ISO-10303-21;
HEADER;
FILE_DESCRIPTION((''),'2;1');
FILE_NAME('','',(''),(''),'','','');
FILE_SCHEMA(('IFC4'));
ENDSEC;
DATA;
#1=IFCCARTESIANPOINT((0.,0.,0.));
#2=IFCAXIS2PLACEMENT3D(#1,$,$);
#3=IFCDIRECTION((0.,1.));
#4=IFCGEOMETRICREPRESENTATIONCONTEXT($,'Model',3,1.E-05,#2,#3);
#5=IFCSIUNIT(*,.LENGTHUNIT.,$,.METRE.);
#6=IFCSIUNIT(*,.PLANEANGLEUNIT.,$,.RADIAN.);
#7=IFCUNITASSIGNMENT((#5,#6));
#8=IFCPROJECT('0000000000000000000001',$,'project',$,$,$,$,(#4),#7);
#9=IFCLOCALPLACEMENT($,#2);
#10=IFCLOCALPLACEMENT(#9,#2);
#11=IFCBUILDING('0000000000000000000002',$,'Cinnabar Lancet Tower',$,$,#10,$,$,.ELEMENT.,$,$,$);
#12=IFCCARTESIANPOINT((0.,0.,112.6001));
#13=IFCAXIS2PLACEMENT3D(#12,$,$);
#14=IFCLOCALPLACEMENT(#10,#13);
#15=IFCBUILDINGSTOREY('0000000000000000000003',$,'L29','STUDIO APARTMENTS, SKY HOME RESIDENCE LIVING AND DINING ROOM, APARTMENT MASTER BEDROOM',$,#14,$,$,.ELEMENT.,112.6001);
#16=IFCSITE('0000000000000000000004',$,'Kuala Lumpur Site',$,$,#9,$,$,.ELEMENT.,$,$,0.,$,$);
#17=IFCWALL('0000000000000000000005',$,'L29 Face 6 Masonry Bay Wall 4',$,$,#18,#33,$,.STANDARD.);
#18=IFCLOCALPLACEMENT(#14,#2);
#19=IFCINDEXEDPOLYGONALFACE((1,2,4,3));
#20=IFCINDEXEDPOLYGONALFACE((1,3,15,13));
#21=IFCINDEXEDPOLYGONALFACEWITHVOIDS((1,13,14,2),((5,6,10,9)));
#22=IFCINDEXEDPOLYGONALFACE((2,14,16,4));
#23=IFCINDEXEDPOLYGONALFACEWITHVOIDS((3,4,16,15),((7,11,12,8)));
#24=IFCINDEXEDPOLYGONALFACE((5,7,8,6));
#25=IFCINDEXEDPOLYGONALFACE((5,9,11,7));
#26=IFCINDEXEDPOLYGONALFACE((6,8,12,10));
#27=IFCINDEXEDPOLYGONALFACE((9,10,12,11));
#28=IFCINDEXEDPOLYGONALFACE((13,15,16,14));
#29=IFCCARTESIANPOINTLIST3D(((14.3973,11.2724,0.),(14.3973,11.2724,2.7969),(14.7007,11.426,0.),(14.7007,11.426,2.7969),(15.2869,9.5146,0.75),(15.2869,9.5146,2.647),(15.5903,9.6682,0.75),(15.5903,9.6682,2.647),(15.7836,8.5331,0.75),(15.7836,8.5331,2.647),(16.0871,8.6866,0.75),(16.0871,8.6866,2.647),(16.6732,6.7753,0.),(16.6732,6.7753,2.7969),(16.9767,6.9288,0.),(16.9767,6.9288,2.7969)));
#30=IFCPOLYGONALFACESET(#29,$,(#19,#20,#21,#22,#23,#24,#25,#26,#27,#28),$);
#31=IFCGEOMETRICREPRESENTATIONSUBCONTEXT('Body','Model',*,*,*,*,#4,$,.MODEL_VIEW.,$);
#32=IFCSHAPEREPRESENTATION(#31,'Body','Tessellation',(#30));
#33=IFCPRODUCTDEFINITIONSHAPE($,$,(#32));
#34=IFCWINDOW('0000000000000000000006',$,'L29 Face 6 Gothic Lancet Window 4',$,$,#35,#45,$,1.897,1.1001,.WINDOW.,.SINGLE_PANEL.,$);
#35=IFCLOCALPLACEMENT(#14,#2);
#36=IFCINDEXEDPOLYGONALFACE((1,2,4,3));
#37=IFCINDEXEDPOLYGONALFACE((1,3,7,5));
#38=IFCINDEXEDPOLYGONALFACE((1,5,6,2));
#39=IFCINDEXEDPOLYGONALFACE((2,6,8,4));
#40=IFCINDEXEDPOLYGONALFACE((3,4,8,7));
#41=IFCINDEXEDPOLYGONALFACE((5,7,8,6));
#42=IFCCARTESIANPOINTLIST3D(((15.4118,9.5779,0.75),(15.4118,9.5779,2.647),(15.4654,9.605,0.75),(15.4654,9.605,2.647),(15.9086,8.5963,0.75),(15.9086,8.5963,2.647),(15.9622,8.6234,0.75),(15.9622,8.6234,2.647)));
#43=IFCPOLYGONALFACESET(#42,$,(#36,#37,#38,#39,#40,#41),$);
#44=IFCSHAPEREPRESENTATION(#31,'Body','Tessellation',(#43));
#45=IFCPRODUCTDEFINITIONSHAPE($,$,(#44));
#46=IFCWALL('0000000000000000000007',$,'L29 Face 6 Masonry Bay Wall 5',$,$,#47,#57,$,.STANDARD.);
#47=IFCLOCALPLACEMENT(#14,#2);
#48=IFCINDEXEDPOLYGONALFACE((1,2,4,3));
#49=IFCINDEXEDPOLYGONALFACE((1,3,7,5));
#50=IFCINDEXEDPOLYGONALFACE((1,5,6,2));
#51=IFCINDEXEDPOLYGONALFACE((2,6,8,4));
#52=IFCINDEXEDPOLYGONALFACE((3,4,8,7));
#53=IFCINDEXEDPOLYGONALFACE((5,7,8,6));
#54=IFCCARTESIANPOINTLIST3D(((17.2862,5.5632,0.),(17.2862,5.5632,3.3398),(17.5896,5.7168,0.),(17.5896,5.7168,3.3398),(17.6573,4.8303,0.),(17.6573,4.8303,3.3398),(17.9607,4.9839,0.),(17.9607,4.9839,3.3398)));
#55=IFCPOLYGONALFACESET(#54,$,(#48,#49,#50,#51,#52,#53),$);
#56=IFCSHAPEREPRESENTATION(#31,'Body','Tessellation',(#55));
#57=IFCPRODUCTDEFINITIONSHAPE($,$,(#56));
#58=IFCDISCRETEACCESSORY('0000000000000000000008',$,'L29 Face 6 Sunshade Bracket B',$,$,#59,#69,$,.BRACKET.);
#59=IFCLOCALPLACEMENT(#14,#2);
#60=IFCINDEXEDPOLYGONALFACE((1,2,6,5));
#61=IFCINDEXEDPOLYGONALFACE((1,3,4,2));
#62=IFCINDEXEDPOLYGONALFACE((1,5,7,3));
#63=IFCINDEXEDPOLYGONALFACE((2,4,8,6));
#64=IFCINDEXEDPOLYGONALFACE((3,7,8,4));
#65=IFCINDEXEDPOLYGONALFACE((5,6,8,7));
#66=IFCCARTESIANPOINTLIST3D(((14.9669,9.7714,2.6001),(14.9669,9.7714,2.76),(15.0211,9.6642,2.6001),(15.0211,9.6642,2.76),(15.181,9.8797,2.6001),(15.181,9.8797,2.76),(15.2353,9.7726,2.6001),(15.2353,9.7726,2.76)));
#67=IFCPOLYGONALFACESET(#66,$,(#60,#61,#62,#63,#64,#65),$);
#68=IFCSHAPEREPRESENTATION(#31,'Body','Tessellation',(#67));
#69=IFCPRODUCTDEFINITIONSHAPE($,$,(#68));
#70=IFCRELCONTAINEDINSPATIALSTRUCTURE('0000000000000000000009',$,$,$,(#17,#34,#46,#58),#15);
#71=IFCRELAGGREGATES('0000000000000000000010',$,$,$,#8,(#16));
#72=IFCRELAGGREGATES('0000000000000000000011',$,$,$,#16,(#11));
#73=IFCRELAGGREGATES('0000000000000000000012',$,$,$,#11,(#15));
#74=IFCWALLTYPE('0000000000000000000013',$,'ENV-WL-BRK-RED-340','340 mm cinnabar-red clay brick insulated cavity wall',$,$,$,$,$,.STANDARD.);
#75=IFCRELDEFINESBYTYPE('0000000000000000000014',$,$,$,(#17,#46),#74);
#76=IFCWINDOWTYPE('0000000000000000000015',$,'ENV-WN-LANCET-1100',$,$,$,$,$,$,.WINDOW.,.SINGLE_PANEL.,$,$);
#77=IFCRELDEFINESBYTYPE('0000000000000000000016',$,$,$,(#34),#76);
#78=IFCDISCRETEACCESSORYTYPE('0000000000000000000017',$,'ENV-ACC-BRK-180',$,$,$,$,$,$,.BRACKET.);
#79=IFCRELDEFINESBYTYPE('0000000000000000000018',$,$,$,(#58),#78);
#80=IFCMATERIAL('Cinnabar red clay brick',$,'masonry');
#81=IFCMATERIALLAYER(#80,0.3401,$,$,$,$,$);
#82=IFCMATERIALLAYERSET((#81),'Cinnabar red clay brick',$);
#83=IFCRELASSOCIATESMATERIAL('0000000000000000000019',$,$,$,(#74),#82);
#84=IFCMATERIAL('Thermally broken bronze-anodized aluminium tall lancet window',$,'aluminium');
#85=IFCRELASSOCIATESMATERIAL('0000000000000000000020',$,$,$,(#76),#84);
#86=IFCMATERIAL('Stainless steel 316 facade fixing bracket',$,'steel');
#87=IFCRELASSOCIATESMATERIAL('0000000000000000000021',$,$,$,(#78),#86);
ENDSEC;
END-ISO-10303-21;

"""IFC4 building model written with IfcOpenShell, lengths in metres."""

from ifc_helpers import new_model, si_unit, direction, frame, frame_2d, origin, origin_2d, place, context, subcontext, project, spatial, rectangle, extrude, material, layer, layer_set, type_object, element, fill, save


model = new_model("IFC4")

# Units and contexts
model_context = context("Model", 3, precision=1e-05, world=origin(), true_north=direction((0.0, 1.0)))
body_context = subcontext(model_context, "Body", "Model", "MODEL_VIEW")
ifc_project = project(units=[si_unit("LENGTHUNIT", "METRE"), si_unit("PLANEANGLEUNIT", "RADIAN")], contexts=[model_context])

# Site, building, storey
site_placement = place(None, origin())
site = spatial("IfcSite", under=ifc_project, at=site_placement, Name="Kuala Lumpur Site", CompositionType="ELEMENT", RefElevation=0.0)
building_placement = place(site_placement, origin())
building = spatial("IfcBuilding", under=site, at=building_placement, Name="Cinnabar Lancet Tower", CompositionType="ELEMENT")
storey_placement = place(building_placement, frame((0.0, 0.0, 112.6001)))
storey = spatial("IfcBuildingStorey", under=building, at=storey_placement, Name="L29", Description="STUDIO APARTMENTS, SKY HOME RESIDENCE LIVING AND DINING ROOM, APARTMENT MASTER BEDROOM", CompositionType="ELEMENT", Elevation=112.6001)

# Shared definitions
ifc_material_1 = material(Name="Cinnabar red clay brick", Category="masonry")
ifc_layer_1 = layer(ifc_material_1, 0.3401)
ifc_layer_set_1 = layer_set([ifc_layer_1], Name="Cinnabar red clay brick")
wall_type = type_object("IfcWallType", Name="ENV-WL-BRK-RED-340", Description="340 mm cinnabar-red clay brick insulated cavity wall", PredefinedType="STANDARD", material=ifc_layer_set_1)

# Wall, opening, window
wall_1_placement = place(storey_placement, frame((14.5491, 11.3491, 0.0), z_axis=(0.0, 0.0, 1.0), x_axis=(0.451548, -0.892247, 0.0)))
wall_1 = element("IfcWall", 1, at=wall_1_placement, inside=storey, type_object=wall_type, Name="L29 Face 6 Masonry Bay Wall 4", PredefinedType="STANDARD", context=body_context, shape_type="SweptSolid", body=[
    extrude(rectangle(XDim=5.0403, YDim=0.3401, at=frame_2d((2.52, 0.0))), origin(), (0.0, 0.0, 1.0), 2.7969),
])
opening_placement = place(wall_1_placement, frame((1.97, 0.0, 0.75)))
opening = element("IfcOpeningElement", 2, at=opening_placement, cuts=wall_1, PredefinedType="OPENING", context=body_context, shape_type="SweptSolid", body=[
    extrude(rectangle(XDim=1.1001, YDim=1.897, at=frame_2d((0.55, 0.9485))), frame((0.0, 0.1799, 0.0), z_axis=(0.0, -1.0, 0.0), x_axis=(1.0, 0.0, 0.0)), (0.0, 0.0, 1.0), 0.3601),
])
ifc_material_2 = material(Name="Thermally broken bronze-anodized aluminium tall lancet window", Category="aluminium")
window_type = type_object("IfcWindowType", Name="ENV-WN-LANCET-1100", PartitioningType="SINGLE_PANEL", PredefinedType="WINDOW", material=ifc_material_2)
window_placement = place(opening_placement, origin())
window = element("IfcWindow", 3, at=window_placement, inside=storey, type_object=window_type, Name="L29 Face 6 Gothic Lancet Window 4", OverallHeight=1.897, OverallWidth=1.1001, PartitioningType="SINGLE_PANEL", PredefinedType="WINDOW", context=body_context, shape_type="SweptSolid", body=[
    extrude(rectangle(XDim=1.1001, YDim=1.897, at=frame_2d((0.55, 0.9485))), frame((0.0, 0.03, 0.0), z_axis=(0.0, -1.0, 0.0), x_axis=(1.0, 0.0, 0.0)), (0.0, 0.0, 1.0), 0.0601),
])
fill(opening, window)

# Wall
wall_2_placement = place(storey_placement, frame((17.438, 5.6399, 0.0), z_axis=(0.0, 0.0, 1.0), x_axis=(0.451725, -0.892157, 0.0)))
element("IfcWall", 4, at=wall_2_placement, inside=storey, type_object=wall_type, Name="L29 Face 6 Masonry Bay Wall 5", PredefinedType="STANDARD", context=body_context, shape_type="SweptSolid", body=[
    extrude(rectangle(XDim=0.8215, YDim=0.3401, at=frame_2d((0.4106, 0.0))), origin(), (0.0, 0.0, 1.0), 3.3398),
])

# Discrete accessory
ifc_material_3 = material(Name="Stainless steel 316 facade fixing bracket", Category="steel")
discrete_accessory_type = type_object("IfcDiscreteAccessoryType", Name="ENV-ACC-BRK-180", PredefinedType="BRACKET", material=ifc_material_3)
discrete_accessory_placement = place(storey_placement, frame((15.1011, 9.772, 2.6001), z_axis=(0.0, 0.0, 1.0), x_axis=(0.451454, -0.892294, 0.0)))
element("IfcDiscreteAccessory", 5, at=discrete_accessory_placement, inside=storey, type_object=discrete_accessory_type, Name="L29 Face 6 Sunshade Bracket B", PredefinedType="BRACKET", context=body_context, shape_type="SweptSolid", body=[
    extrude(rectangle(XDim=0.1201, YDim=0.24, at=origin_2d()), origin(), (0.0, 0.0, 1.0), 0.1599),
])

save(model, "model.ifc")
